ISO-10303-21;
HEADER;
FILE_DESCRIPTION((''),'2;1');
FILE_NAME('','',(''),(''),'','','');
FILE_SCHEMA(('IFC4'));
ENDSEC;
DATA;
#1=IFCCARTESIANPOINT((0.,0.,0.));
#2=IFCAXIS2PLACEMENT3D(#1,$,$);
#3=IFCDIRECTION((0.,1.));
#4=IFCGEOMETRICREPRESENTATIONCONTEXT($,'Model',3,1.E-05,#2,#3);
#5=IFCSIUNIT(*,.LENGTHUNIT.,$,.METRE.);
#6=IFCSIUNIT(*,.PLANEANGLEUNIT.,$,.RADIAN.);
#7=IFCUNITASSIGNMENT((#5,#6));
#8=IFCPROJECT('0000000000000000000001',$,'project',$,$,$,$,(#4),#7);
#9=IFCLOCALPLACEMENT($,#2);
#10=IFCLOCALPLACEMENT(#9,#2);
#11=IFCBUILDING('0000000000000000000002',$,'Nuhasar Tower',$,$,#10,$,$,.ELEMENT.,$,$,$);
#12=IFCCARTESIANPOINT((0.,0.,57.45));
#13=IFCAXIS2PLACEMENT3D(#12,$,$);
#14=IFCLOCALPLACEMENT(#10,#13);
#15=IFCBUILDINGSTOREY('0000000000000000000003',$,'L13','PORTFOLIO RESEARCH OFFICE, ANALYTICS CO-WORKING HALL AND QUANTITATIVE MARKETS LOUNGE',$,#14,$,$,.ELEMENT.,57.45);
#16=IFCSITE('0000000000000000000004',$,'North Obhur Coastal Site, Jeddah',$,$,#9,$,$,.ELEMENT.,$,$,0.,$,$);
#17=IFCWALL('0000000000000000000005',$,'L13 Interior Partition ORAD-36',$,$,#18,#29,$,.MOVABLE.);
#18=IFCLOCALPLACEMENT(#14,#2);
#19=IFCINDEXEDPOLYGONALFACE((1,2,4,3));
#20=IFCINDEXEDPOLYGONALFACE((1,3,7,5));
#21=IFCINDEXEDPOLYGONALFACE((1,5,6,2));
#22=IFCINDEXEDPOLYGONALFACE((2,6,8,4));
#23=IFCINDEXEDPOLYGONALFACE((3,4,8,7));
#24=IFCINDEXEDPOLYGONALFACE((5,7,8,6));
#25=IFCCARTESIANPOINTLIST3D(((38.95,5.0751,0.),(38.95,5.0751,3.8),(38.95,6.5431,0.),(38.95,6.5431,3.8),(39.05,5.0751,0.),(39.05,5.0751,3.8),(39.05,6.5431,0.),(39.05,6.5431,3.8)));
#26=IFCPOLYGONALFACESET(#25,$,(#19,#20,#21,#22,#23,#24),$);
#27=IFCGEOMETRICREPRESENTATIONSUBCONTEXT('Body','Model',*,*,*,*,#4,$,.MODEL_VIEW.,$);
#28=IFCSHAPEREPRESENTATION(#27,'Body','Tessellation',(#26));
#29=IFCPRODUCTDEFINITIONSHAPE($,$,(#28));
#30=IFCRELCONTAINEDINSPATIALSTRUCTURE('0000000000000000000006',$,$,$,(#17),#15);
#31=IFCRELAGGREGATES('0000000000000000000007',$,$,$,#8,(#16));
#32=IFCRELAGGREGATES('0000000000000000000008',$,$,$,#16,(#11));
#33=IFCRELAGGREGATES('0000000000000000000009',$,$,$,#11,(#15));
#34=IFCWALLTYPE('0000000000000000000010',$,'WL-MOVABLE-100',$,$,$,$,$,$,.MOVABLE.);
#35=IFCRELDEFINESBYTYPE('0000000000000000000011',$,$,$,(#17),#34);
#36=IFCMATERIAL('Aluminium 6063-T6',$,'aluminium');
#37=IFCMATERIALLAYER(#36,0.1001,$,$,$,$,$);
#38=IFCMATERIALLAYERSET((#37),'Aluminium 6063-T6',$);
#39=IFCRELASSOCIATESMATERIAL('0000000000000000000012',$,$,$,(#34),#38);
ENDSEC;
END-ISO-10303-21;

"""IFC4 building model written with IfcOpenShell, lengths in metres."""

from ifc_helpers import new_model, si_unit, direction, frame, frame_2d, origin, place, context, subcontext, project, spatial, rectangle, extrude, material, layer, layer_set, type_object, element, save


model = new_model("IFC4")

# Units and contexts
model_context = context("Model", 3, precision=1e-05, world=origin(), true_north=direction((0.0, 1.0)))
body_context = subcontext(model_context, "Body", "Model", "MODEL_VIEW")
ifc_project = project(units=[si_unit("LENGTHUNIT", "METRE"), si_unit("PLANEANGLEUNIT", "RADIAN")], contexts=[model_context])

# Site, building, storey
site_placement = place(None, origin())
site = spatial("IfcSite", under=ifc_project, at=site_placement, Name="North Obhur Coastal Site, Jeddah", CompositionType="ELEMENT", RefElevation=0.0)
building_placement = place(site_placement, origin())
building = spatial("IfcBuilding", under=site, at=building_placement, Name="Nuhasar Tower", CompositionType="ELEMENT")
storey_placement = place(building_placement, frame((0.0, 0.0, 57.45)))
storey = spatial("IfcBuildingStorey", under=building, at=storey_placement, Name="L13", Description="PORTFOLIO RESEARCH OFFICE, ANALYTICS CO-WORKING HALL AND QUANTITATIVE MARKETS LOUNGE", CompositionType="ELEMENT", Elevation=57.45)

# Shared definitions
ifc_material_1 = material(Name="Aluminium 6063-T6", Category="aluminium")

# Wall
ifc_layer_1 = layer(ifc_material_1, 0.1001)
ifc_layer_set_1 = layer_set([ifc_layer_1], Name="Aluminium 6063-T6")
wall_type_1 = type_object("IfcWallType", Name="WL-MOVABLE-100", PredefinedType="MOVABLE", material=ifc_layer_set_1)
wall_1_placement = place(storey_placement, frame((39.0, 6.543, 0.0), z_axis=(0.0, 0.0, 1.0), x_axis=(0.0, -1.0, 0.0)))
element("IfcWall", 1, at=wall_1_placement, inside=storey, type_object=wall_type_1, Name="L13 Interior Partition ORAD-36", PredefinedType="MOVABLE", context=body_context, shape_type="SweptSolid", body=[
    extrude(rectangle(XDim=1.468, YDim=0.1001, at=frame_2d((0.7339, 0.0))), origin(), (0.0, 0.0, 1.0), 3.8),
])

save(model, "model.ifc")
